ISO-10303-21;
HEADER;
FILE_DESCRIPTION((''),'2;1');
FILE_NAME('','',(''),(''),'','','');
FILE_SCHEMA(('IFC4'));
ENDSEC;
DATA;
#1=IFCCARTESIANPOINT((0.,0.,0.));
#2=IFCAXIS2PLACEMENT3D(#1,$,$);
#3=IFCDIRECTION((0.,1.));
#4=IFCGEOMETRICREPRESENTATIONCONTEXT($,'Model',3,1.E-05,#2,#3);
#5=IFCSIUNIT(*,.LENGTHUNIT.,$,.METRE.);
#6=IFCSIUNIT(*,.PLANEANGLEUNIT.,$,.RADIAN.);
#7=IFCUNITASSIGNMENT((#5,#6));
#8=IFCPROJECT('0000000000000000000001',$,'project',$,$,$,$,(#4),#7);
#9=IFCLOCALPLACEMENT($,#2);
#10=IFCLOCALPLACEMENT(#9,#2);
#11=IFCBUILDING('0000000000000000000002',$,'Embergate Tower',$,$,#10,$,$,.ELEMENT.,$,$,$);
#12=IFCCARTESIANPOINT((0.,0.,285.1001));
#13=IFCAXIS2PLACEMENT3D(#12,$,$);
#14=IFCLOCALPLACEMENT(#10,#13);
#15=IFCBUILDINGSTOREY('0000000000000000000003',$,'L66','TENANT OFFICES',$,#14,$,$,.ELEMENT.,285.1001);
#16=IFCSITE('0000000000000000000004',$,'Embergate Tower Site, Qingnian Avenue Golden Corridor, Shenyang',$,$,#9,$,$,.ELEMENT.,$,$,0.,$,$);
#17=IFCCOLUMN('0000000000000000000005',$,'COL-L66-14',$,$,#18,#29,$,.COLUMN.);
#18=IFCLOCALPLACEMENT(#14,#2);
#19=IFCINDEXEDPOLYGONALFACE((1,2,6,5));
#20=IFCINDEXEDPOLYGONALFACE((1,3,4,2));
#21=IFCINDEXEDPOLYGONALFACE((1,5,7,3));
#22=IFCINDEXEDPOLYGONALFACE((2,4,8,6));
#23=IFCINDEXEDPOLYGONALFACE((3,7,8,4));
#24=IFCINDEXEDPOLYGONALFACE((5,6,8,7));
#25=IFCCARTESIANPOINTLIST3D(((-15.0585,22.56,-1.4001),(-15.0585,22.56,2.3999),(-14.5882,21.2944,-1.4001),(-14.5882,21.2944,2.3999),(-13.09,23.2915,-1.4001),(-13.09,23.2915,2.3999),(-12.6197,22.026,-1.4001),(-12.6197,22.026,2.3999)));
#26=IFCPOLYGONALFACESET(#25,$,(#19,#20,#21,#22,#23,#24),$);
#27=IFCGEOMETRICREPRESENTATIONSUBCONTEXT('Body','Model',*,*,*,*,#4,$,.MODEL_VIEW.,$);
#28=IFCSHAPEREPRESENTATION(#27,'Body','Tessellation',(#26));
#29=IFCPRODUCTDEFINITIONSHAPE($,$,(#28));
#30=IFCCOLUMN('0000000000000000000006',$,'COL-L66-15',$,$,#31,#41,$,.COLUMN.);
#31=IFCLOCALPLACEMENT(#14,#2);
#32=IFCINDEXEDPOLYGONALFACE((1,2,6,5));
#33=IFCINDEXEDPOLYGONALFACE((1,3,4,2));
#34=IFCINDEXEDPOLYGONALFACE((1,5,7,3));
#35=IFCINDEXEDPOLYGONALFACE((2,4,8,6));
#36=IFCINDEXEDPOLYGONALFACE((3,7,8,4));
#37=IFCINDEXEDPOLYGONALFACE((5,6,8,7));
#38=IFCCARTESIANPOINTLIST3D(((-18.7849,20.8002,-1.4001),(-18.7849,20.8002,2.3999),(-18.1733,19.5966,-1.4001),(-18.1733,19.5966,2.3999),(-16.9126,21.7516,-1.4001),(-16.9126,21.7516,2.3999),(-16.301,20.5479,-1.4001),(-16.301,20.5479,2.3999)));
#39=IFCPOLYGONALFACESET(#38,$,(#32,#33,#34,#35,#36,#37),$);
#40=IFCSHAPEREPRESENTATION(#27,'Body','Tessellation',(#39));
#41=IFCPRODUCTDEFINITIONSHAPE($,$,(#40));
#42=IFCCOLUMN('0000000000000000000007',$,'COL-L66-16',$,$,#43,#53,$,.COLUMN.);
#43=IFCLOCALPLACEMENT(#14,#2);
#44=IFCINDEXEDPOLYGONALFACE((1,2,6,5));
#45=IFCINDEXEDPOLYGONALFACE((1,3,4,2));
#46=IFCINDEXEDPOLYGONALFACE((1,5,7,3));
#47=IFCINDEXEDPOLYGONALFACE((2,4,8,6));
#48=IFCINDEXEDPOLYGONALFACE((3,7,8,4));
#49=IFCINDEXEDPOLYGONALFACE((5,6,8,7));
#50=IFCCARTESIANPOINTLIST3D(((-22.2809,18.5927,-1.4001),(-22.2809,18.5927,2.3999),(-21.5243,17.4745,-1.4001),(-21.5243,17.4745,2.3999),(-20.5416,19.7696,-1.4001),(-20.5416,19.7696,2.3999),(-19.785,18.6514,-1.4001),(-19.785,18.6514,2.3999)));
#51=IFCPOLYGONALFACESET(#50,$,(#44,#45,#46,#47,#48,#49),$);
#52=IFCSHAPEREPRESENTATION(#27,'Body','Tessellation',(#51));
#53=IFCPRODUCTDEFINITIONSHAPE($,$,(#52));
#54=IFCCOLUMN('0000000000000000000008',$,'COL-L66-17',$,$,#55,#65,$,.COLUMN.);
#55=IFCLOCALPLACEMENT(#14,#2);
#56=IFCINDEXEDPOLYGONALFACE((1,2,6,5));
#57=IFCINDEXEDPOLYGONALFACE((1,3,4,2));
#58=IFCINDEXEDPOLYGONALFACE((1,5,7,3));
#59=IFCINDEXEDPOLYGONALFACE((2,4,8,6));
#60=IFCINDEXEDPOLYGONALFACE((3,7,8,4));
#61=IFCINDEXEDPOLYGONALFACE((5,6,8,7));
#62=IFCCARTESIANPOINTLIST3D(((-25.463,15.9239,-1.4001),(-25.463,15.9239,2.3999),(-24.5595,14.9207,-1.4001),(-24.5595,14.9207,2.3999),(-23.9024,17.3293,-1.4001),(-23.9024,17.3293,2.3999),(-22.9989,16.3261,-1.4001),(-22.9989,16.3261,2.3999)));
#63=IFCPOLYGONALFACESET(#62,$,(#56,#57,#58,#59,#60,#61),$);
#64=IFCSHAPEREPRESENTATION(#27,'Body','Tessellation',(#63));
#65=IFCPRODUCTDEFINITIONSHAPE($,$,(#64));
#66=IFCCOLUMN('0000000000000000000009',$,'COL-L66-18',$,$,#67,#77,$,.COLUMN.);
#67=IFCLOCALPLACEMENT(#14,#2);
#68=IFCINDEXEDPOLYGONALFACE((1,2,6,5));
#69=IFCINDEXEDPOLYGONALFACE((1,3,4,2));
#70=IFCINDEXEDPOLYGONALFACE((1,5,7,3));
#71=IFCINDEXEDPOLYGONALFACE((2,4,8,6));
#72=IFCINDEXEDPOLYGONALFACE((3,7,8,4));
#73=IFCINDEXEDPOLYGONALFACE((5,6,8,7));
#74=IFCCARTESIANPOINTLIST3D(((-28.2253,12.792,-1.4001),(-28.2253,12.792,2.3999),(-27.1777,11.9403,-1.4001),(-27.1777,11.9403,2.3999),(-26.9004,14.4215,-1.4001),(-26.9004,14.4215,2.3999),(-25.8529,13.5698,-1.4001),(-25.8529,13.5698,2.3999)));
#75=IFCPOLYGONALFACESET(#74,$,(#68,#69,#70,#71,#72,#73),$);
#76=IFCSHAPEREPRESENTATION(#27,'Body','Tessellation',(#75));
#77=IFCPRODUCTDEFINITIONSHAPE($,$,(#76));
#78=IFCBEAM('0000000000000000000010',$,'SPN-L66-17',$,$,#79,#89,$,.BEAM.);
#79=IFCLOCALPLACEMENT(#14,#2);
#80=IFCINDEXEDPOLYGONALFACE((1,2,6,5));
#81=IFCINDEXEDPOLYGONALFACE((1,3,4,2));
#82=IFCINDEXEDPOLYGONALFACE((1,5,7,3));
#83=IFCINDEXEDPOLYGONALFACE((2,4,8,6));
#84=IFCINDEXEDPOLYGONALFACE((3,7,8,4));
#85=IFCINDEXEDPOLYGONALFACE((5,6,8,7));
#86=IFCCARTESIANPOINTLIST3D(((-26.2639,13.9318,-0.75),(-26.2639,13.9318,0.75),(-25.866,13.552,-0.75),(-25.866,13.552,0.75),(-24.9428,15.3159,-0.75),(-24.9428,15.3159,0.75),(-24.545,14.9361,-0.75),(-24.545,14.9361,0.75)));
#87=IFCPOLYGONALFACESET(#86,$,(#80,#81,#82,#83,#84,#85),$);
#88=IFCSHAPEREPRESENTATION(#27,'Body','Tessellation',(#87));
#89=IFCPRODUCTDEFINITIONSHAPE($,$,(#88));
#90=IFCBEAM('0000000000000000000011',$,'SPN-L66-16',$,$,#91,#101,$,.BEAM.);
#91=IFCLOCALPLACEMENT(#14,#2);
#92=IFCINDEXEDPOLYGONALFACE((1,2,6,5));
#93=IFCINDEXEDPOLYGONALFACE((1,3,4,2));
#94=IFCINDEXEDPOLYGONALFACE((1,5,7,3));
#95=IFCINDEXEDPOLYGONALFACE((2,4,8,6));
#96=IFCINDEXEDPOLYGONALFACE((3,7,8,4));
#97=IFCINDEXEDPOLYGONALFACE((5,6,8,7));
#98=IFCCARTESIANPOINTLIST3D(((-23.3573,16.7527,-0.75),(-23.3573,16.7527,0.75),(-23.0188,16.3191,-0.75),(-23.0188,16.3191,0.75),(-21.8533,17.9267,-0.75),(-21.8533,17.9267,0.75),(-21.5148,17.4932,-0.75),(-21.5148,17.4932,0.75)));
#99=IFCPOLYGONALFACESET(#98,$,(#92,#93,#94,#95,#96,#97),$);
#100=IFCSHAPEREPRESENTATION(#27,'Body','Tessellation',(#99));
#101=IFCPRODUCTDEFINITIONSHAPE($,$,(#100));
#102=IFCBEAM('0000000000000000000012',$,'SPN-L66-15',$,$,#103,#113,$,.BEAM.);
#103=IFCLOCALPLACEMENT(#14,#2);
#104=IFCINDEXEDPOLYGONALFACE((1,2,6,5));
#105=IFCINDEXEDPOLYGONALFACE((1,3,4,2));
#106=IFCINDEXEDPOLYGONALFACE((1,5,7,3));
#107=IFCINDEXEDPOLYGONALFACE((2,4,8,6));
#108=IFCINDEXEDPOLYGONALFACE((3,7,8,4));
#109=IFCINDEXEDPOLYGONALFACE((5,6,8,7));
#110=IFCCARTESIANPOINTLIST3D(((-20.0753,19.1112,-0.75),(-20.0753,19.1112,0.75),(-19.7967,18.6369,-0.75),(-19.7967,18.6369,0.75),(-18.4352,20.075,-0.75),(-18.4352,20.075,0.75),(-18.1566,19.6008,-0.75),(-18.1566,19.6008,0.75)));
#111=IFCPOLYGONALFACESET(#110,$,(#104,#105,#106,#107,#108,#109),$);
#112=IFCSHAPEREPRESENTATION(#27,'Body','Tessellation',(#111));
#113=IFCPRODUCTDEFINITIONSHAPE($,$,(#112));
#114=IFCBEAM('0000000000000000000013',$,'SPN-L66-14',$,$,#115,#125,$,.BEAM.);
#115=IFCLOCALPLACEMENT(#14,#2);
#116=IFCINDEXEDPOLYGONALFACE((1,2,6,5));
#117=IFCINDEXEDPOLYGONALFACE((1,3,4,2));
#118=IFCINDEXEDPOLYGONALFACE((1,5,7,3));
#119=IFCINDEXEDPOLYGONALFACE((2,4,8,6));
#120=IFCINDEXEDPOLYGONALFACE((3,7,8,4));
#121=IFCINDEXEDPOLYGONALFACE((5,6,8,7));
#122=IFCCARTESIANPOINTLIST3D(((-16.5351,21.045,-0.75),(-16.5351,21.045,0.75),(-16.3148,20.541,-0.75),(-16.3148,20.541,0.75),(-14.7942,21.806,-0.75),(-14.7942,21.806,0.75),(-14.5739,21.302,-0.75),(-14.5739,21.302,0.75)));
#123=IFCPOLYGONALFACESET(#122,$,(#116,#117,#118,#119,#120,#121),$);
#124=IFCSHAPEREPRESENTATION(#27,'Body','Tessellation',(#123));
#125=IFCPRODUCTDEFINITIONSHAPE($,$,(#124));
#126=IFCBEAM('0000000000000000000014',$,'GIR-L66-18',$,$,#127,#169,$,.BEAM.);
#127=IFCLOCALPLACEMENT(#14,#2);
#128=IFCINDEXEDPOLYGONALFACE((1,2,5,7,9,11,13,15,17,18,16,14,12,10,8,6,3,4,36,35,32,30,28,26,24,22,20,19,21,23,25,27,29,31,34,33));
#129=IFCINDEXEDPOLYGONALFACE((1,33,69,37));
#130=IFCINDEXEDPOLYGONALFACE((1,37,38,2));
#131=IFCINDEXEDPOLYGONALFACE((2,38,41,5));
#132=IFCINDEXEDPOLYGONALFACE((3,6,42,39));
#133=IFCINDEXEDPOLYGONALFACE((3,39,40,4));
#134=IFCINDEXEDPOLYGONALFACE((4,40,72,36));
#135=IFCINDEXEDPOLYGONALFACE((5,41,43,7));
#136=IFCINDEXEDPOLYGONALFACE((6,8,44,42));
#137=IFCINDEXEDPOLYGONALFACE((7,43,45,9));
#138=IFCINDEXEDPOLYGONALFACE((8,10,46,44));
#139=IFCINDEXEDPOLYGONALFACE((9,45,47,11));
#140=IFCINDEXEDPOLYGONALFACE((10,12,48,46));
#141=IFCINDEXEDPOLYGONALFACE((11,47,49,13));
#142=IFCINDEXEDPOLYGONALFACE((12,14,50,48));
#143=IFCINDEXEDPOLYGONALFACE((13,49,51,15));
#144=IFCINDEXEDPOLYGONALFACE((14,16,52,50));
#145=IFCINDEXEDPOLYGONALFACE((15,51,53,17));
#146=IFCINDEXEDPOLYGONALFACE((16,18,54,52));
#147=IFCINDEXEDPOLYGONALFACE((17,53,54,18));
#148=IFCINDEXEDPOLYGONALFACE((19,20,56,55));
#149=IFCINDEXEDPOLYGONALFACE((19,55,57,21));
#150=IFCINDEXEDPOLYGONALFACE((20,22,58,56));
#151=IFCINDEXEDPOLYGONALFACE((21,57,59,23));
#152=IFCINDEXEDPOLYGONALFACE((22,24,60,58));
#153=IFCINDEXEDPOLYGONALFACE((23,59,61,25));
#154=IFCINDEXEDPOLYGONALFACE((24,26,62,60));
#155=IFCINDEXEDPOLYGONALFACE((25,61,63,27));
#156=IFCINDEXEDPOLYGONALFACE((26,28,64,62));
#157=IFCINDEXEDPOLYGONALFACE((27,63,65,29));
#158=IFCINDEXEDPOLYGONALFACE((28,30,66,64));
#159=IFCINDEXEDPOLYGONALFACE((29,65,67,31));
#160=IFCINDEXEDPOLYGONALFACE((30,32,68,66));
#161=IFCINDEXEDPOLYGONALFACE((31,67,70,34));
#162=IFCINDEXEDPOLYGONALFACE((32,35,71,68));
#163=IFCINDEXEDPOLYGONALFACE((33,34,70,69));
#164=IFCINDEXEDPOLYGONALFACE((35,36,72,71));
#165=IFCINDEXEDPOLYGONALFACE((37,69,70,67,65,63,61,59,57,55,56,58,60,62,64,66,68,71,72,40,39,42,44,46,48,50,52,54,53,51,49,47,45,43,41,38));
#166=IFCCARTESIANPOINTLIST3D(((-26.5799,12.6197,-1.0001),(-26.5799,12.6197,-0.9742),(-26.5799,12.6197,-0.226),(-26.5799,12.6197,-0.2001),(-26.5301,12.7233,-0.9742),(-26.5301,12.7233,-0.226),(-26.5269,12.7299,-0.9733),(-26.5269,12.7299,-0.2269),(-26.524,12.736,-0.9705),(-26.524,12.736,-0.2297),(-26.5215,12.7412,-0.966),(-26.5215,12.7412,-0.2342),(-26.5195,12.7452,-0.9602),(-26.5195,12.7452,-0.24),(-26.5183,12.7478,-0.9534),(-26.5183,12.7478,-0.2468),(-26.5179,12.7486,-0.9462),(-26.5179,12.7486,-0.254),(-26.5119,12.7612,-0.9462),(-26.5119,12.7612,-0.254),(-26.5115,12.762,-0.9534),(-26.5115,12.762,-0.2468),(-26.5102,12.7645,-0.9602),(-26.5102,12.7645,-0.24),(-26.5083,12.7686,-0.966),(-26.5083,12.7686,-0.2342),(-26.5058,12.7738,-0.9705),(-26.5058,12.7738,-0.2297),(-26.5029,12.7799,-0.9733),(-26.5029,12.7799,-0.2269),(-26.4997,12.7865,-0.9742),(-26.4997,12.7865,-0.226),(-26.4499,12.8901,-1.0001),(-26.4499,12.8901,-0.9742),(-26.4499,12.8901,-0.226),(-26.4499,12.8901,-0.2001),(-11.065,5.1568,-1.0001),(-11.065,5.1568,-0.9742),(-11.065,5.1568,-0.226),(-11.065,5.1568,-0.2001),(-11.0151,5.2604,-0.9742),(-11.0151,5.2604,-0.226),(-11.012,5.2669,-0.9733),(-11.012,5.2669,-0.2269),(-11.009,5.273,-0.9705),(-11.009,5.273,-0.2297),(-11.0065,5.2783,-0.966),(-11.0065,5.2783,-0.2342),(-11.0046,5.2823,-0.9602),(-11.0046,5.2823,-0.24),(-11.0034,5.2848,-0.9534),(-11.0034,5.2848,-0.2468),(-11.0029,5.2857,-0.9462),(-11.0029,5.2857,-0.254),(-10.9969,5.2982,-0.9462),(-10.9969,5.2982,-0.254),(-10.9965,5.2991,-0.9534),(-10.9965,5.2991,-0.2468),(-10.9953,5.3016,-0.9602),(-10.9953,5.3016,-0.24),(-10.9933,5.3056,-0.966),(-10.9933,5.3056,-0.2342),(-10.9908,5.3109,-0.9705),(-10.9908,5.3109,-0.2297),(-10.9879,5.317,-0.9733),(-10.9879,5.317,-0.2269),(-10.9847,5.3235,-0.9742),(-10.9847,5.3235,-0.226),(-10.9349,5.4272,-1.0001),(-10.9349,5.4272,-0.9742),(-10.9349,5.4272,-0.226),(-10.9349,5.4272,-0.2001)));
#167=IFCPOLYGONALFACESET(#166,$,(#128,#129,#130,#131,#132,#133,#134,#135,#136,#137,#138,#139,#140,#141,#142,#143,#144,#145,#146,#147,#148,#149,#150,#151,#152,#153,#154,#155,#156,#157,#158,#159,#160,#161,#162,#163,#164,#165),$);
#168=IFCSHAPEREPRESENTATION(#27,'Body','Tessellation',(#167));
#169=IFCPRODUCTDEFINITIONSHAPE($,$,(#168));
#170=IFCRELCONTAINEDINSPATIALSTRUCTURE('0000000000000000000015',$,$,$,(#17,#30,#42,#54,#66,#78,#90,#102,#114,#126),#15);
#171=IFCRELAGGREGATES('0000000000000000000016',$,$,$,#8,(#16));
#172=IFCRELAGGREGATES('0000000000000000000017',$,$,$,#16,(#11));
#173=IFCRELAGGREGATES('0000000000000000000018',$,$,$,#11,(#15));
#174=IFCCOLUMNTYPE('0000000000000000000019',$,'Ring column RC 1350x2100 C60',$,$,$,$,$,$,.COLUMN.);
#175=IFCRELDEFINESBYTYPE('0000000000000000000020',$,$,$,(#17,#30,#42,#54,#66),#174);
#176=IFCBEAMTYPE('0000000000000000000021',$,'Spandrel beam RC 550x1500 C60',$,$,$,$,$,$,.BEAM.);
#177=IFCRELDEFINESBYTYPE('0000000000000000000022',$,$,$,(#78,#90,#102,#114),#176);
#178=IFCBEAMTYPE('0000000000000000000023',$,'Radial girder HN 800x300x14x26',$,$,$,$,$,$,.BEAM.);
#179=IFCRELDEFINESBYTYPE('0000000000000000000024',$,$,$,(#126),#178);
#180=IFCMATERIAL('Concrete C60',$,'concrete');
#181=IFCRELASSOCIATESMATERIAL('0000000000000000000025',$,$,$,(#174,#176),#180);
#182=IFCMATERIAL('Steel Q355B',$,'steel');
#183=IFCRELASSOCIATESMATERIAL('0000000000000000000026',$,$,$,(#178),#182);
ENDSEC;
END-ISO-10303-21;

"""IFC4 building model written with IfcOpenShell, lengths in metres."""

from ifc_helpers import new_model, si_unit, direction, frame, origin, origin_2d, place, context, subcontext, project, spatial, rectangle, i_section, extrude, source, transform, mapped, material, material_profile, profile_set, type_object, element, save


model = new_model("IFC4")

# Units and contexts
model_context = context("Model", 3, precision=1e-05, world=origin(), true_north=direction((0.0, 1.0)))
body_context = subcontext(model_context, "Body", "Model", "MODEL_VIEW")
ifc_project = project(units=[si_unit("LENGTHUNIT", "METRE"), si_unit("PLANEANGLEUNIT", "RADIAN")], contexts=[model_context])

# Site, building, storey
site_placement = place(None, origin())
site = spatial("IfcSite", under=ifc_project, at=site_placement, Name="Embergate Tower Site, Qingnian Avenue Golden Corridor, Shenyang", CompositionType="ELEMENT", RefElevation=0.0)
building_placement = place(site_placement, origin())
building = spatial("IfcBuilding", under=site, at=building_placement, Name="Embergate Tower", CompositionType="ELEMENT")
storey_placement = place(building_placement, frame((0.0, 0.0, 285.1001)))
storey = spatial("IfcBuildingStorey", under=building, at=storey_placement, Name="L66", Description="TENANT OFFICES", CompositionType="ELEMENT", Elevation=285.1001)

# Columns
ifc_material_1 = material(Name="Concrete C60", Category="concrete")
ifc_material_profile_1 = material_profile(ifc_material_1, rectangle(XDim=1.3501, YDim=2.1001, at=origin_2d()), Name="RC 1350x2100")
ifc_profile_set_1 = profile_set([ifc_material_profile_1], Name="Concrete C60")
column_type = type_object("IfcColumnType", Name="Ring column RC 1350x2100 C60", PredefinedType="COLUMN", material=ifc_profile_set_1)
shared_shape_1 = source(origin(), body_context, "Body", "SweptSolid", [
    extrude(rectangle(XDim=1.3501, YDim=2.1001, at=origin_2d()), origin(), (0.0, 0.0, 1.0), 3.8),
])
for number, where, z_axis, x_axis, name in (
    (1, (-13.8391, 22.293, -1.4001), (0.0, 0.0, 1.0), (-0.348343, 0.937367, 0.0), "COL-L66-14"),
    (2, (-17.543, 20.6741, -1.4001), (0.0, 0.0, 1.0), (-0.452995, 0.891513, 0.0), "COL-L66-15"),
    (3, (-21.033, 18.6221, -1.4001), (0.0, 0.0, 1.0), (-0.560393, 0.828227, 0.0), "COL-L66-16"),
    (4, (-24.231, 16.125, -1.4001), (0.0, 0.0, 1.0), (-0.669208, 0.743075, 0.0), "COL-L66-17"),
    (5, (-27.0391, 13.1809, -1.4001), (0.0, 0.0, 1.0), (-0.775914, 0.630838, 0.0), "COL-L66-18"),
):
    element("IfcColumn", number, at=place(storey_placement, frame(where, z_axis=z_axis, x_axis=x_axis)), inside=storey, type_object=column_type, Name=name, PredefinedType="COLUMN", context=body_context, shape_type="MappedRepresentation", body=[
        mapped(shared_shape_1, transform((0.0, 0.0, 0.0))),
    ])

# Beams
ifc_material_profile_2 = material_profile(ifc_material_1, rectangle(XDim=0.55, YDim=1.5, at=origin_2d()), Name="RC 550x1500")
ifc_profile_set_2 = profile_set([ifc_material_profile_2], Name="Concrete C60")
beam_type_1 = type_object("IfcBeamType", Name="Spandrel beam RC 550x1500 C60", PredefinedType="BEAM", material=ifc_profile_set_2)
shared_shape_2 = source(origin(), body_context, "Body", "SweptSolid", [
    extrude(rectangle(XDim=0.55, YDim=1.5, at=origin_2d()), origin(), (0.0, 0.0, 1.0), 1.9133),
])
beam_1_placement = place(storey_placement, frame((-24.7439, 15.126, 0.0), z_axis=(-0.690455, -0.723376, 0.0), x_axis=(0.723376, -0.690455, 0.0)))
element("IfcBeam", 6, at=beam_1_placement, inside=storey, type_object=beam_type_1, Name="SPN-L66-17", PredefinedType="BEAM", context=body_context, shape_type="MappedRepresentation", body=[
    mapped(shared_shape_2, transform((0.0, 0.0, 0.0))),
])
shared_shape_3 = source(origin(), body_context, "Body", "SweptSolid", [
    extrude(rectangle(XDim=0.55, YDim=1.5, at=origin_2d()), origin(), (0.0, 0.0, 1.0), 1.908),
])
beam_2_placement = place(storey_placement, frame((-21.6841, 17.71, 0.0), z_axis=(-0.788242, -0.615366, 0.0), x_axis=(0.615366, -0.788242, 0.0)))
element("IfcBeam", 7, at=beam_2_placement, inside=storey, type_object=beam_type_1, Name="SPN-L66-16", PredefinedType="BEAM", context=body_context, shape_type="MappedRepresentation", body=[
    mapped(shared_shape_3, transform((0.0, 0.0, 0.0))),
])
shared_shape_4 = source(origin(), body_context, "Body", "SweptSolid", [
    extrude(rectangle(XDim=0.55, YDim=1.5, at=origin_2d()), origin(), (0.0, 0.0, 1.0), 1.9023),
])
beam_3_placement = place(storey_placement, frame((-18.2959, 19.8379, 0.0), z_axis=(-0.862145, -0.506661, 0.0), x_axis=(0.506661, -0.862145, 0.0)))
element("IfcBeam", 8, at=beam_3_placement, inside=storey, type_object=beam_type_1, Name="SPN-L66-15", PredefinedType="BEAM", context=body_context, shape_type="MappedRepresentation", body=[
    mapped(shared_shape_4, transform((0.0, 0.0, 0.0))),
])
shared_shape_5 = source(origin(), body_context, "Body", "SweptSolid", [
    extrude(rectangle(XDim=0.55, YDim=1.5, at=origin_2d()), origin(), (0.0, 0.0, 1.0), 1.8999),
])
beam_4_placement = place(storey_placement, frame((-14.6841, 21.554, 0.0), z_axis=(-0.91629, -0.400515, 0.0), x_axis=(0.400515, -0.91629, 0.0)))
element("IfcBeam", 9, at=beam_4_placement, inside=storey, type_object=beam_type_1, Name="SPN-L66-14", PredefinedType="BEAM", context=body_context, shape_type="MappedRepresentation", body=[
    mapped(shared_shape_5, transform((0.0, 0.0, 0.0))),
])
ifc_material_2 = material(Name="Steel Q355B", Category="steel")
ifc_material_profile_3 = material_profile(ifc_material_2, i_section(OverallWidth=0.3, OverallDepth=0.8, WebThickness=0.0139, FlangeThickness=0.0259, FilletRadius=0.0281, at=origin_2d()), Name="HN 800x300x14x26")
ifc_profile_set_3 = profile_set([ifc_material_profile_3], Name="Steel Q355 grade B")
beam_type_2 = type_object("IfcBeamType", Name="Radial girder HN 800x300x14x26", PredefinedType="BEAM", material=ifc_profile_set_3)
shared_shape_6 = source(origin(), body_context, "Body", "SweptSolid", [
    extrude(i_section(OverallWidth=0.3, OverallDepth=0.8, WebThickness=0.0139, FlangeThickness=0.0259, FilletRadius=0.0281, at=origin_2d()), origin(), (0.0, 0.0, 1.0), 17.2166),
])
beam_5_placement = place(storey_placement, frame((-26.5149, 12.7549, -0.6001), z_axis=(0.901166, -0.433474, 0.0), x_axis=(0.433474, 0.901166, 0.0)))
element("IfcBeam", 10, at=beam_5_placement, inside=storey, type_object=beam_type_2, Name="GIR-L66-18", PredefinedType="BEAM", context=body_context, shape_type="MappedRepresentation", body=[
    mapped(shared_shape_6, transform((0.0, 0.0, 0.0))),
])

save(model, "model.ifc")
